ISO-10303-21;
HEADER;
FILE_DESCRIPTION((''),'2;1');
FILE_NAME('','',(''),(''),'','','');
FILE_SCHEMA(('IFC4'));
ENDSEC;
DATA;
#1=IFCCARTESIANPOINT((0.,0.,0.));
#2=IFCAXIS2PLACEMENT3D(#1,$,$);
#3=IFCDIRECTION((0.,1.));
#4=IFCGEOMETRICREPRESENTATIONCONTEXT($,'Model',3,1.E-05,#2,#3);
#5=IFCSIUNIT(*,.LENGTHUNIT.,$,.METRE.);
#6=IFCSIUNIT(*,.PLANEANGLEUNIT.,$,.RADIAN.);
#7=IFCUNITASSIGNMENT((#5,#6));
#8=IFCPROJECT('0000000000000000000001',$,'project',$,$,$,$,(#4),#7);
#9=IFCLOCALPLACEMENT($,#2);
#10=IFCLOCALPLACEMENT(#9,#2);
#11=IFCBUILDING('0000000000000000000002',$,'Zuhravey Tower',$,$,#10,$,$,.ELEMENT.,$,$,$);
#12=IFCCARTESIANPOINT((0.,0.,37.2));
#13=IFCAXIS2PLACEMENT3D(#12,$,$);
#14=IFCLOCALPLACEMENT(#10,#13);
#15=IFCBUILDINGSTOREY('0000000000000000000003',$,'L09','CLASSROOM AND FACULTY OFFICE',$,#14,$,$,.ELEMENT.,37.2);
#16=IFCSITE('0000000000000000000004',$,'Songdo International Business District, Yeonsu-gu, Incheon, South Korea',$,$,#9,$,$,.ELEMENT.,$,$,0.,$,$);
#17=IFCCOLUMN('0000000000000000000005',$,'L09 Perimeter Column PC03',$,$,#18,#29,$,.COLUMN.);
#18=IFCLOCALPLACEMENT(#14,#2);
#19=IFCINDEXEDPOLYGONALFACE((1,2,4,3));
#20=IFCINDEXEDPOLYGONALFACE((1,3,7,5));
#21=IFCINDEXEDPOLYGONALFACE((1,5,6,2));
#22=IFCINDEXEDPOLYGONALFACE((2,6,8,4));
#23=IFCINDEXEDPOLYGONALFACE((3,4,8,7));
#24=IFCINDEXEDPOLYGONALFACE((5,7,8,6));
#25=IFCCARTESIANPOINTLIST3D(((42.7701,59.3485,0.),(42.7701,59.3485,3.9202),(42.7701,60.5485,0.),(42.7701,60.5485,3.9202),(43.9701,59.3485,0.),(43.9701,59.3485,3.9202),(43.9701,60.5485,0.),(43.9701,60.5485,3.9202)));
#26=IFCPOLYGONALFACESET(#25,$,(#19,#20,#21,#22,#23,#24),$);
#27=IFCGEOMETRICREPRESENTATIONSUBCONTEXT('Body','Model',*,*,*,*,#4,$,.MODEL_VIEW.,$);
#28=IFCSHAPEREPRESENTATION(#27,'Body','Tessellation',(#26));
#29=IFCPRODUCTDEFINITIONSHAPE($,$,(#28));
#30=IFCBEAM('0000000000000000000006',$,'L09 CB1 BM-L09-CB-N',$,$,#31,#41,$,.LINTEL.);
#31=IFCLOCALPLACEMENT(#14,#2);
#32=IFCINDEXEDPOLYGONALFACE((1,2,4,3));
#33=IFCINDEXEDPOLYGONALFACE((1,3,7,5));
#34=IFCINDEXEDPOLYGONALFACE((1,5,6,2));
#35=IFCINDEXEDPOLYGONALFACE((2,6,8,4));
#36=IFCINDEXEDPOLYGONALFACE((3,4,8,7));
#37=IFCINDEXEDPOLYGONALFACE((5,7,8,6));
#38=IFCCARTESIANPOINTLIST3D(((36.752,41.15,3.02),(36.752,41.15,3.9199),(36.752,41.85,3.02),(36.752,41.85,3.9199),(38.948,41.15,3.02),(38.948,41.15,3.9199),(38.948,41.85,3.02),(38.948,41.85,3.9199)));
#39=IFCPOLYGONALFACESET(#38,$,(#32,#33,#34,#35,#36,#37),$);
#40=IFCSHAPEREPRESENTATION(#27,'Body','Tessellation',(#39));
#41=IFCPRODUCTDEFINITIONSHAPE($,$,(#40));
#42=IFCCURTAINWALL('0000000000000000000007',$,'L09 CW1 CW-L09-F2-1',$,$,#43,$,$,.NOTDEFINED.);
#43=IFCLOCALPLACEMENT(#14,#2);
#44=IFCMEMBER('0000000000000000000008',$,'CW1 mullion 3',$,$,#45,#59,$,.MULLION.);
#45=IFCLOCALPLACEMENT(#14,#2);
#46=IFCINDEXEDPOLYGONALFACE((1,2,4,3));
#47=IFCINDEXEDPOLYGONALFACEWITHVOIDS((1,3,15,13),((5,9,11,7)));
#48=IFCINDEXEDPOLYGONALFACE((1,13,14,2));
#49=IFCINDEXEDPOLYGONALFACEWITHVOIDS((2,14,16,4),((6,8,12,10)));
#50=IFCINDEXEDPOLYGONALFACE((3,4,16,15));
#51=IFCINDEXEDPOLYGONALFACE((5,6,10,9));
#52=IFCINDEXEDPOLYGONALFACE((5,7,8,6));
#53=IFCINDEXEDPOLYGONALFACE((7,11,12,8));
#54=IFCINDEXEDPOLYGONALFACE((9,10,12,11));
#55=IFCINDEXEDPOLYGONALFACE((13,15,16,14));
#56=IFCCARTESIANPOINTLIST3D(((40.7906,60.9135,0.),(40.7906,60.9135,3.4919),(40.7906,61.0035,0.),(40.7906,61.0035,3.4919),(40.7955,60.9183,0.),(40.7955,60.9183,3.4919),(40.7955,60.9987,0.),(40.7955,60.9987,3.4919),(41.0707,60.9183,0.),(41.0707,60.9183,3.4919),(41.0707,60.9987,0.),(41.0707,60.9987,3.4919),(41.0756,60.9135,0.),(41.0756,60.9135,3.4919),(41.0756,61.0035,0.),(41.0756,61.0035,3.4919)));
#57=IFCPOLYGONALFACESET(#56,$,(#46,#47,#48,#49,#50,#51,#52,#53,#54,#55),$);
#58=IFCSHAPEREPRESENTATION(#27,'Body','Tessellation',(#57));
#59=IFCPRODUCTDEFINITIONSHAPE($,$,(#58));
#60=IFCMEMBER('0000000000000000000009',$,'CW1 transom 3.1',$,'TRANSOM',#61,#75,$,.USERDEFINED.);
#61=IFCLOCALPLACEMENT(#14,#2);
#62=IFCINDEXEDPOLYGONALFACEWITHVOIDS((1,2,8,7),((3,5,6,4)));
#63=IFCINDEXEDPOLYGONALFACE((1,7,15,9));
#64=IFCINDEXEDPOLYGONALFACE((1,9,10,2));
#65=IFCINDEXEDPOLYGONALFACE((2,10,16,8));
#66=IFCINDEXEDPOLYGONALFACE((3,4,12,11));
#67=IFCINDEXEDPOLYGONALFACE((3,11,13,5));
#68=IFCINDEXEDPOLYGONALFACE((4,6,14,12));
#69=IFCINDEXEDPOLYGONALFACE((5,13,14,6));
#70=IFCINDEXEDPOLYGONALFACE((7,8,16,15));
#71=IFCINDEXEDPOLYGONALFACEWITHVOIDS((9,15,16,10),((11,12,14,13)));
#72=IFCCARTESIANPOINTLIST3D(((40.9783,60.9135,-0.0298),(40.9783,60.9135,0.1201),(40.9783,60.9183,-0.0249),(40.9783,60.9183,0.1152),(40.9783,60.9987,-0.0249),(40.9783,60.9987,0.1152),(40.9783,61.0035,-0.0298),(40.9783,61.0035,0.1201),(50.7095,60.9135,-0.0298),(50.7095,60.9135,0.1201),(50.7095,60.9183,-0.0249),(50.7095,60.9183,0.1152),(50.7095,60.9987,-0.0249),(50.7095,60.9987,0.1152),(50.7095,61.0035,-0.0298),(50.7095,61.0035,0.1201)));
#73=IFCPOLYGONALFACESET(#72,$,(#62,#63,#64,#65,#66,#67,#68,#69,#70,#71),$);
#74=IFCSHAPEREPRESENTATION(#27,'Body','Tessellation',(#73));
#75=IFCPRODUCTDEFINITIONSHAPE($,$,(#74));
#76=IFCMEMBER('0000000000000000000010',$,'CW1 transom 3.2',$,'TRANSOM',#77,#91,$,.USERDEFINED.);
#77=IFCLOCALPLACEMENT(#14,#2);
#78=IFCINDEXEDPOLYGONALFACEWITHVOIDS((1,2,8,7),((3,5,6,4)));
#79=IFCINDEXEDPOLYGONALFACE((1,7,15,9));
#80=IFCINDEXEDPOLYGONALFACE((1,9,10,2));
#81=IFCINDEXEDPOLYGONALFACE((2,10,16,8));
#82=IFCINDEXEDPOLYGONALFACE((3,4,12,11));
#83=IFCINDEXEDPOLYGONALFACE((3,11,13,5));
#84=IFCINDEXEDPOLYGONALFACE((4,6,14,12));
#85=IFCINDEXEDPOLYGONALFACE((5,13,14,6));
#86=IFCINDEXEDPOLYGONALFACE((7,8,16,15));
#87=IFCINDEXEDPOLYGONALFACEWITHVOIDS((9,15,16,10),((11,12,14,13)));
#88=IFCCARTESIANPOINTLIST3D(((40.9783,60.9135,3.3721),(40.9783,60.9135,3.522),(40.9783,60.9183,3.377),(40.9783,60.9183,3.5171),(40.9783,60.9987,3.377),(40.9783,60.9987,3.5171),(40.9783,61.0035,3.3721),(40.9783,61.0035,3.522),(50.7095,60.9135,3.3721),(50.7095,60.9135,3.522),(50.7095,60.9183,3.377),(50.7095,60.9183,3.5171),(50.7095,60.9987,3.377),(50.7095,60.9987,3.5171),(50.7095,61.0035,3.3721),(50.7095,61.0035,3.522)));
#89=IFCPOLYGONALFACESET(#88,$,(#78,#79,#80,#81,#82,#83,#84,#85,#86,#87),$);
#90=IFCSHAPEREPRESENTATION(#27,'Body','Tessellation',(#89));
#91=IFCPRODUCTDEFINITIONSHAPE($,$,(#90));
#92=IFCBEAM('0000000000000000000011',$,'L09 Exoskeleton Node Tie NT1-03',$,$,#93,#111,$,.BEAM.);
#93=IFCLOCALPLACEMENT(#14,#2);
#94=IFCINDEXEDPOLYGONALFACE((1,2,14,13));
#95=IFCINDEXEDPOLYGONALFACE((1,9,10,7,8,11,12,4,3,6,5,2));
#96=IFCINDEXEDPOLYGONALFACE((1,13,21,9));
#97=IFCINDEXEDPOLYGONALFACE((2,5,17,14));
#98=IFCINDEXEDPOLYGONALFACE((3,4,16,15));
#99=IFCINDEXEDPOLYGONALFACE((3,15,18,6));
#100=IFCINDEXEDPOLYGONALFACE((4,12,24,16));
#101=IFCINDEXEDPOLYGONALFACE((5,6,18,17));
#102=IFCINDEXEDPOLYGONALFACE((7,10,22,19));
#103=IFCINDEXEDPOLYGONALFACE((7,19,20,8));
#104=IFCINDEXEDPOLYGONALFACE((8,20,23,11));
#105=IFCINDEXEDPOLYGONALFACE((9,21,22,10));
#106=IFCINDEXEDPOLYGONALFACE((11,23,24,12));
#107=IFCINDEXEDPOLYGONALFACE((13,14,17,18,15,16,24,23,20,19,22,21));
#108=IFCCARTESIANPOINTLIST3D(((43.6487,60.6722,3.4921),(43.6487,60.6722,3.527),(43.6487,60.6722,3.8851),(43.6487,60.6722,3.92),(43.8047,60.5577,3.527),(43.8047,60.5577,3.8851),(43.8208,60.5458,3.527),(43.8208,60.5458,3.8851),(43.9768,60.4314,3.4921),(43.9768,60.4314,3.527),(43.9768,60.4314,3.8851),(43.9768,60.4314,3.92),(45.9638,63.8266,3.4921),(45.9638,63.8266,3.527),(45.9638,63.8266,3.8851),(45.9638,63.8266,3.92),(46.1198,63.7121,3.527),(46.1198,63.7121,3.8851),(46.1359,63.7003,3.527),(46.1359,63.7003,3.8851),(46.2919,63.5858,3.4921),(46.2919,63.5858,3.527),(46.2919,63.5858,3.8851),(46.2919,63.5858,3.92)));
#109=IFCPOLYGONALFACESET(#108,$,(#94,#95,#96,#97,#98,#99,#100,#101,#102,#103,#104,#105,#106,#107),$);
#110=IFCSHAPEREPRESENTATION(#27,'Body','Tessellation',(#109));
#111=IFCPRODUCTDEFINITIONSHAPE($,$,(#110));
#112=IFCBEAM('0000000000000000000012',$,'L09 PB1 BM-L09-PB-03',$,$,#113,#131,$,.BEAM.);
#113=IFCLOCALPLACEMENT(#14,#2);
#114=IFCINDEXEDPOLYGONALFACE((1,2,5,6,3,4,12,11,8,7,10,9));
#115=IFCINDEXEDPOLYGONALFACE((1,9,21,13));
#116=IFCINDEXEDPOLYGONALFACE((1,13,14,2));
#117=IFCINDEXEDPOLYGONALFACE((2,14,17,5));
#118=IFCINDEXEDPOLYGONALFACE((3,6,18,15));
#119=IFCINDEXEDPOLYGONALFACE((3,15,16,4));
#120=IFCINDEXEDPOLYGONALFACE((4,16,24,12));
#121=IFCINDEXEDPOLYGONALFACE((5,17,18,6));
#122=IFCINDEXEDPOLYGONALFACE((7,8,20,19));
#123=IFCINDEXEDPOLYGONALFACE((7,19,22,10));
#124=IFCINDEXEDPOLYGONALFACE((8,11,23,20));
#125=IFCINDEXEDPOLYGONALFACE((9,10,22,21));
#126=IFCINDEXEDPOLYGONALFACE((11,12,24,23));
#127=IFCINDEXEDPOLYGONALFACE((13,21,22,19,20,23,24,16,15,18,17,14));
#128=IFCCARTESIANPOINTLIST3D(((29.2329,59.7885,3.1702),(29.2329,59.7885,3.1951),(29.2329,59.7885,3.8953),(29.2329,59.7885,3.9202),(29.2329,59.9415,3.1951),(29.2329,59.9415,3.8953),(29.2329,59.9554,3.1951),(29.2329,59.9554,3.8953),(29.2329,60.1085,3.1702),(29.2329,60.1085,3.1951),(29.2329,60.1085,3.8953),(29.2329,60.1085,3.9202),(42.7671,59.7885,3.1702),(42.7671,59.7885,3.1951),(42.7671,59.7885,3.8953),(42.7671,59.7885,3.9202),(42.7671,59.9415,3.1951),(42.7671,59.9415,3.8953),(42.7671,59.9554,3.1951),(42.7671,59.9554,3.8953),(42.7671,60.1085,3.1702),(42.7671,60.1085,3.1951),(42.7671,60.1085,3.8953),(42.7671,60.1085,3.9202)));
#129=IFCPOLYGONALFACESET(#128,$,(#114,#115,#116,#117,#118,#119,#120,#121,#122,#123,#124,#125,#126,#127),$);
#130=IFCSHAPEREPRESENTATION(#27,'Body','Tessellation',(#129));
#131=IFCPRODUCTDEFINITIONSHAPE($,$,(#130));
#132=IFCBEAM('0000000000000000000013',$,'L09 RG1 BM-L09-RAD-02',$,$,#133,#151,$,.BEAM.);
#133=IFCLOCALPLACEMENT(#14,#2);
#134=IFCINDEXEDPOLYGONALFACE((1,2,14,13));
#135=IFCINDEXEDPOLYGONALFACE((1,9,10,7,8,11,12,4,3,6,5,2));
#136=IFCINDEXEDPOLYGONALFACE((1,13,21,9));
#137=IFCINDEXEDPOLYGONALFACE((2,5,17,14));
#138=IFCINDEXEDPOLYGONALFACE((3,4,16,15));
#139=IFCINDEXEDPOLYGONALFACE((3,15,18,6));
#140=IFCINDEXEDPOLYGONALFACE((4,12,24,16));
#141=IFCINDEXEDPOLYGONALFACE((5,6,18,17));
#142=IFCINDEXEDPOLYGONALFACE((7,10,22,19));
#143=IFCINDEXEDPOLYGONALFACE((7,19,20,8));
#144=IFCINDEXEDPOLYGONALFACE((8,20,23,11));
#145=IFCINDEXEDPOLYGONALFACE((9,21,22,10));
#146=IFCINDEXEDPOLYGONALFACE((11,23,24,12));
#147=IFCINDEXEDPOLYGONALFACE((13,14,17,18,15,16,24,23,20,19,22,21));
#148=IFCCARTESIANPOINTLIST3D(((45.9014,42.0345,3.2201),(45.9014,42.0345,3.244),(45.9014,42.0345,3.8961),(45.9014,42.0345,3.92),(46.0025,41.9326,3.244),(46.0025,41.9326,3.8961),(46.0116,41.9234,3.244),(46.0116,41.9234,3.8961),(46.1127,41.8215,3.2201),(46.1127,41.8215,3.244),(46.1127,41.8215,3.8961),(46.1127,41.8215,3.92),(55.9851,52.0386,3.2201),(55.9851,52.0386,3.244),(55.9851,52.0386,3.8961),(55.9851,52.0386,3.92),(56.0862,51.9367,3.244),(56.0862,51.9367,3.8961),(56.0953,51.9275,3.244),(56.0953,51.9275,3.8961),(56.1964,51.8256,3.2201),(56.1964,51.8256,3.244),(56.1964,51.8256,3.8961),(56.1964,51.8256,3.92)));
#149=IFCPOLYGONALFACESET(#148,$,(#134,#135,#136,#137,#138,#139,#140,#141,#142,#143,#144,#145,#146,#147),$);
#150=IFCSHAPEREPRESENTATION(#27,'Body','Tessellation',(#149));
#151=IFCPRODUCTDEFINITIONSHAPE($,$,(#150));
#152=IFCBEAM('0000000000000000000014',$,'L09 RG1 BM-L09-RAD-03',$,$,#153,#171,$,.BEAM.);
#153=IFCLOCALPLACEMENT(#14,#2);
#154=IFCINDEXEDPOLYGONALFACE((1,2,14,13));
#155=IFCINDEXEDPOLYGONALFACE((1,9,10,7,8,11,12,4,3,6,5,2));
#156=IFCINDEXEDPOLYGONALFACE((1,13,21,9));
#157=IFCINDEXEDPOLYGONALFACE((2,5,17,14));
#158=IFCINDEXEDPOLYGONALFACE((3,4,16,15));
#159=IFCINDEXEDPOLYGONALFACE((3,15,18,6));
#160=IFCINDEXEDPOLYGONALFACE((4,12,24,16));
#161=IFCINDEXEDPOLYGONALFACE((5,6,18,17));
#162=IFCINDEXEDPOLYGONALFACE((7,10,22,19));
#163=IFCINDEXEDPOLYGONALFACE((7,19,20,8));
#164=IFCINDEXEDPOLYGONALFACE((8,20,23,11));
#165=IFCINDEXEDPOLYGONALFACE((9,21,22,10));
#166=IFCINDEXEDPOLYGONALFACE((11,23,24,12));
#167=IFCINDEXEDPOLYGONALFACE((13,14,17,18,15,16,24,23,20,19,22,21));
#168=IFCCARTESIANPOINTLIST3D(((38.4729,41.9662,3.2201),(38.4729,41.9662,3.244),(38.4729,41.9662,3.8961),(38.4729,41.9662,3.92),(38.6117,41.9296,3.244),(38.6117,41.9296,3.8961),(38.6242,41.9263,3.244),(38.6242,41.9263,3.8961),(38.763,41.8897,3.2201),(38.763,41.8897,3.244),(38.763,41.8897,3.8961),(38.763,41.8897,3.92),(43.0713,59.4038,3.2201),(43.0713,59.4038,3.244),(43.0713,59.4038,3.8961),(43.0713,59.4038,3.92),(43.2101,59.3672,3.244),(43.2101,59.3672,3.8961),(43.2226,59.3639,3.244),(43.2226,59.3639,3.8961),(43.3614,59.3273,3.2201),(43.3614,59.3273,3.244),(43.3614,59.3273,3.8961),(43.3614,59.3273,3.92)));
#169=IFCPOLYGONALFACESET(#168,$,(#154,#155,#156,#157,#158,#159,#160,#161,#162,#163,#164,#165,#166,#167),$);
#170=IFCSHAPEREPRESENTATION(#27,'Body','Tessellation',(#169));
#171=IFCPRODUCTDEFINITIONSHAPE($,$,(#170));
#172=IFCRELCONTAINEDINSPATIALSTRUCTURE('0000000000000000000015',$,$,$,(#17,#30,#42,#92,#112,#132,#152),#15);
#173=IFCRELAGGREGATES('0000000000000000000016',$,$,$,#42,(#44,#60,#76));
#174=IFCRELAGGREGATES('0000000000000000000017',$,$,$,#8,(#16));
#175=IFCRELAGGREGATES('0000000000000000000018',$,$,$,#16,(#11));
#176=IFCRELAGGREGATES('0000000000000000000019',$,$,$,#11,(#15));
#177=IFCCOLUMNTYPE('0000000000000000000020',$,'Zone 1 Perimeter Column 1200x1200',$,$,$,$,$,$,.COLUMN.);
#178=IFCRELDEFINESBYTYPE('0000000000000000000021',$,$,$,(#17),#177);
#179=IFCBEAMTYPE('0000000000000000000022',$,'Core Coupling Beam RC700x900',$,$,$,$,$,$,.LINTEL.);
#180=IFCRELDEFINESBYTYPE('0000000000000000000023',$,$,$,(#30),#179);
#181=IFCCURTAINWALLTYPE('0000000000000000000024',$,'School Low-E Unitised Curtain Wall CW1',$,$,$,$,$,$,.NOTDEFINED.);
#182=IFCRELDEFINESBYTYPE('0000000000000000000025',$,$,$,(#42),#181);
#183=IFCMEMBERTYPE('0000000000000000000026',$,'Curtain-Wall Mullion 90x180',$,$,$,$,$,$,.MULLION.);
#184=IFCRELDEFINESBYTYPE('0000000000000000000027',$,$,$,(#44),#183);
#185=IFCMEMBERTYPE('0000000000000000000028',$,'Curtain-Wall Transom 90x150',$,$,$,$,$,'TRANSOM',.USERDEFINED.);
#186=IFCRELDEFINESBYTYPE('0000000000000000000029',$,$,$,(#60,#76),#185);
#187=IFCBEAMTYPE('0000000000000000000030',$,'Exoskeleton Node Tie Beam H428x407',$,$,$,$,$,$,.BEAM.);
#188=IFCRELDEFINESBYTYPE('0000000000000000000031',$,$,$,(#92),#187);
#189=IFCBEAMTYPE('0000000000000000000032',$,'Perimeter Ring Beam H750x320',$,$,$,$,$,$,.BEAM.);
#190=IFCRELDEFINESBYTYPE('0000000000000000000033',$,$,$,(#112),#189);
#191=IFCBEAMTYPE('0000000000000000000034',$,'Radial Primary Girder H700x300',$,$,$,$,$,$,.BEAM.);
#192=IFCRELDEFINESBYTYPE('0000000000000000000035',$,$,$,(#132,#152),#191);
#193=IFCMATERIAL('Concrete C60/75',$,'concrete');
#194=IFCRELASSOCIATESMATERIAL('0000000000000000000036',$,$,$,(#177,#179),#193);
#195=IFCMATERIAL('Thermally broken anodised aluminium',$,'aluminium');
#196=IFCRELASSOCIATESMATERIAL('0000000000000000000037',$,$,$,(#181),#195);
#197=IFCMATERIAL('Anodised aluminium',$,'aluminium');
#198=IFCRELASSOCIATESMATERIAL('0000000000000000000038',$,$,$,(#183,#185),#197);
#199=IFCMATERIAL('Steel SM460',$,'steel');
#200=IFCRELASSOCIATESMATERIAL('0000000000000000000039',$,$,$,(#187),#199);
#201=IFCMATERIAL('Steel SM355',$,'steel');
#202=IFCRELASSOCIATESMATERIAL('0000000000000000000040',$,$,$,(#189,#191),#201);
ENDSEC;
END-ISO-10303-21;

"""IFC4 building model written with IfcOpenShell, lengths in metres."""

from ifc_helpers import new_model, si_unit, direction, frame, origin, origin_2d, place, context, subcontext, project, spatial, rectangle, hollow_rectangle, i_section, extrude, material, material_profile, profile_set, type_object, element, aggregate, save


model = new_model("IFC4")

# Units and contexts
model_context = context("Model", 3, precision=1e-05, world=origin(), true_north=direction((0.0, 1.0)))
body_context = subcontext(model_context, "Body", "Model", "MODEL_VIEW")
ifc_project = project(units=[si_unit("LENGTHUNIT", "METRE"), si_unit("PLANEANGLEUNIT", "RADIAN")], contexts=[model_context])

# Site, building, storey
site_placement = place(None, origin())
site = spatial("IfcSite", under=ifc_project, at=site_placement, Name="Songdo International Business District, Yeonsu-gu, Incheon, South Korea", CompositionType="ELEMENT", RefElevation=0.0)
building_placement = place(site_placement, origin())
building = spatial("IfcBuilding", under=site, at=building_placement, Name="Zuhravey Tower", CompositionType="ELEMENT")
storey_placement = place(building_placement, frame((0.0, 0.0, 37.2)))
storey = spatial("IfcBuildingStorey", under=building, at=storey_placement, Name="L09", Description="CLASSROOM AND FACULTY OFFICE", CompositionType="ELEMENT", Elevation=37.2)

# Column
ifc_material_1 = material(Name="Concrete C60/75", Category="concrete")
ifc_material_profile_1 = material_profile(ifc_material_1, rectangle(XDim=1.2, YDim=1.2, at=origin_2d()), Name="RC-1200x1200")
ifc_profile_set_1 = profile_set([ifc_material_profile_1], Name="Concrete C60/75")
column_type = type_object("IfcColumnType", Name="Zone 1 Perimeter Column 1200x1200", PredefinedType="COLUMN", material=ifc_profile_set_1)
column_placement = place(storey_placement, frame((43.3701, 59.9485, 0.0), z_axis=(0.0, 0.0, 1.0), x_axis=(-1.0, 0.0, 0.0)))
element("IfcColumn", 1, at=column_placement, inside=storey, type_object=column_type, Name="L09 Perimeter Column PC03", PredefinedType="COLUMN", context=body_context, shape_type="SweptSolid", body=[
    extrude(rectangle(XDim=1.2, YDim=1.2, at=origin_2d()), origin(), (0.0, 0.0, 1.0), 3.9202),
])

# Beam
ifc_material_profile_2 = material_profile(ifc_material_1, rectangle(XDim=0.7, YDim=0.8999, at=origin_2d()), Name="RC-700x900")
ifc_profile_set_2 = profile_set([ifc_material_profile_2], Name="Concrete C60/75")
beam_type_1 = type_object("IfcBeamType", Name="Core Coupling Beam RC700x900", PredefinedType="LINTEL", material=ifc_profile_set_2)
beam_1_placement = place(storey_placement, frame((36.752, 41.5, 3.47), z_axis=(1.0, 0.0, 0.0), x_axis=(0.0, 1.0, 0.0)))
element("IfcBeam", 2, at=beam_1_placement, inside=storey, type_object=beam_type_1, Name="L09 CB1 BM-L09-CB-N", PredefinedType="LINTEL", context=body_context, shape_type="SweptSolid", body=[
    extrude(rectangle(XDim=0.7, YDim=0.8999, at=origin_2d()), origin(), (0.0, 0.0, 1.0), 2.196),
])

# Curtain wall, members
ifc_material_2 = material(Name="Thermally broken anodised aluminium", Category="aluminium")
curtain_wall_type = type_object("IfcCurtainWallType", Name="School Low-E Unitised Curtain Wall CW1", PredefinedType="NOTDEFINED", material=ifc_material_2)
curtain_wall_placement = place(storey_placement, origin())
curtain_wall = element("IfcCurtainWall", 3, at=curtain_wall_placement, inside=storey, type_object=curtain_wall_type, Name="L09 CW1 CW-L09-F2-1", PredefinedType="NOTDEFINED")
ifc_material_3 = material(Name="Anodised aluminium", Category="aluminium")
ifc_material_profile_3 = material_profile(ifc_material_3, hollow_rectangle(XDim=0.0901, YDim=0.2849, WallThickness=0.0049, at=origin_2d()), Name="ALU-RHS-90x285x5")
ifc_profile_set_3 = profile_set([ifc_material_profile_3], Name="Anodised aluminium")
member_type_1 = type_object("IfcMemberType", Name="Curtain-Wall Mullion 90x180", PredefinedType="MULLION", material=ifc_profile_set_3)
member_1_placement = place(storey_placement, frame((40.9331, 60.9585, 0.0), z_axis=(0.0, 0.0, 1.0), x_axis=(0.0, 1.0, 0.0)))
member_1 = element("IfcMember", 4, at=member_1_placement, type_object=member_type_1, Name="CW1 mullion 3", PredefinedType="MULLION", context=body_context, shape_type="SweptSolid", body=[
    extrude(hollow_rectangle(XDim=0.0901, YDim=0.2849, WallThickness=0.0049, at=origin_2d()), origin(), (0.0, 0.0, 1.0), 3.4919),
])
ifc_material_profile_4 = material_profile(ifc_material_3, hollow_rectangle(XDim=0.0901, YDim=0.1499, WallThickness=0.0049, at=origin_2d()), Name="ALU-RHS-90x150x5")
ifc_profile_set_4 = profile_set([ifc_material_profile_4], Name="Anodised aluminium")
member_type_2 = type_object("IfcMemberType", Name="Curtain-Wall Transom 90x150", ElementType="TRANSOM", PredefinedType="USERDEFINED", material=ifc_profile_set_4)
member_2_placement = place(storey_placement, frame((40.9783, 60.9585, 0.0452), z_axis=(1.0, 0.0, 0.0), x_axis=(0.0, 1.0, 0.0)))
member_2 = element("IfcMember", 5, at=member_2_placement, type_object=member_type_2, Name="CW1 transom 3.1", ObjectType="TRANSOM", PredefinedType="USERDEFINED", context=body_context, shape_type="SweptSolid", body=[
    extrude(hollow_rectangle(XDim=0.0901, YDim=0.1499, WallThickness=0.0049, at=origin_2d()), origin(), (0.0, 0.0, 1.0), 9.7312),
])
member_3_placement = place(storey_placement, frame((40.9783, 60.9585, 3.447), z_axis=(1.0, 0.0, 0.0), x_axis=(0.0, 1.0, 0.0)))
member_3 = element("IfcMember", 6, at=member_3_placement, type_object=member_type_2, Name="CW1 transom 3.2", ObjectType="TRANSOM", PredefinedType="USERDEFINED", context=body_context, shape_type="SweptSolid", body=[
    extrude(hollow_rectangle(XDim=0.0901, YDim=0.1499, WallThickness=0.0049, at=origin_2d()), origin(), (0.0, 0.0, 1.0), 9.7312),
])

# Beams
ifc_material_4 = material(Name="Steel SM460", Category="steel")
ifc_material_profile_5 = material_profile(ifc_material_4, i_section(OverallWidth=0.407, OverallDepth=0.428, WebThickness=0.02, FlangeThickness=0.0349, at=origin_2d()), Name="H-428x407x20x35")
ifc_profile_set_5 = profile_set([ifc_material_profile_5], Name="Steel SM460")
beam_type_2 = type_object("IfcBeamType", Name="Exoskeleton Node Tie Beam H428x407", PredefinedType="BEAM", material=ifc_profile_set_5)
beam_2_placement = place(storey_placement, frame((43.8127, 60.5518, 3.7061), z_axis=(0.591672, 0.806179, 0.0), x_axis=(-0.806179, 0.591672, 0.0)))
element("IfcBeam", 7, at=beam_2_placement, inside=storey, type_object=beam_type_2, Name="L09 Exoskeleton Node Tie NT1-03", PredefinedType="BEAM", context=body_context, shape_type="SweptSolid", body=[
    extrude(i_section(OverallWidth=0.407, OverallDepth=0.428, WebThickness=0.02, FlangeThickness=0.0349, at=origin_2d()), origin(), (0.0, 0.0, 1.0), 3.9128),
])
ifc_material_5 = material(Name="Steel SM355", Category="steel")
ifc_material_profile_6 = material_profile(ifc_material_5, i_section(OverallWidth=0.3201, OverallDepth=0.75, WebThickness=0.0139, FlangeThickness=0.0249, at=origin_2d()), Name="H-750x320x14x25")
ifc_profile_set_6 = profile_set([ifc_material_profile_6], Name="Steel SM355")
beam_type_3 = type_object("IfcBeamType", Name="Perimeter Ring Beam H750x320", PredefinedType="BEAM", material=ifc_profile_set_6)
beam_3_placement = place(storey_placement, frame((42.7671, 59.9485, 3.5452), z_axis=(-1.0, 0.0, 0.0), x_axis=(0.0, -1.0, 0.0)))
element("IfcBeam", 8, at=beam_3_placement, inside=storey, type_object=beam_type_3, Name="L09 PB1 BM-L09-PB-03", PredefinedType="BEAM", context=body_context, shape_type="SweptSolid", body=[
    extrude(i_section(OverallWidth=0.3201, OverallDepth=0.75, WebThickness=0.0139, FlangeThickness=0.0249, at=origin_2d()), origin(), (0.0, 0.0, 1.0), 13.5342),
])
ifc_material_profile_7 = material_profile(ifc_material_5, i_section(OverallWidth=0.3, OverallDepth=0.7, WebThickness=0.0129, FlangeThickness=0.0239, at=origin_2d()), Name="H-700x300x13x24")
ifc_profile_set_7 = profile_set([ifc_material_profile_7], Name="Steel SM355")
beam_type_4 = type_object("IfcBeamType", Name="Radial Primary Girder H700x300", PredefinedType="BEAM", material=ifc_profile_set_7)
beam_4_placement = place(storey_placement, frame((46.0071, 41.928, 3.5701), z_axis=(0.709903, 0.7043, 0.0), x_axis=(-0.7043, 0.709903, 0.0)))
element("IfcBeam", 9, at=beam_4_placement, inside=storey, type_object=beam_type_4, Name="L09 RG1 BM-L09-RAD-02", PredefinedType="BEAM", context=body_context, shape_type="SweptSolid", body=[
    extrude(i_section(OverallWidth=0.3, OverallDepth=0.7, WebThickness=0.0129, FlangeThickness=0.0239, at=origin_2d()), origin(), (0.0, 0.0, 1.0), 14.2043),
])
beam_5_placement = place(storey_placement, frame((38.6179, 41.928, 3.5701), z_axis=(0.25499, 0.966944, 0.0), x_axis=(-0.966944, 0.25499, 0.0)))
element("IfcBeam", 10, at=beam_5_placement, inside=storey, type_object=beam_type_4, Name="L09 RG1 BM-L09-RAD-03", PredefinedType="BEAM", context=body_context, shape_type="SweptSolid", body=[
    extrude(i_section(OverallWidth=0.3, OverallDepth=0.7, WebThickness=0.0129, FlangeThickness=0.0239, at=origin_2d()), origin(), (0.0, 0.0, 1.0), 18.0337),
])

aggregate(curtain_wall, [member_1, member_2, member_3])

save(model, "model.ifc")
